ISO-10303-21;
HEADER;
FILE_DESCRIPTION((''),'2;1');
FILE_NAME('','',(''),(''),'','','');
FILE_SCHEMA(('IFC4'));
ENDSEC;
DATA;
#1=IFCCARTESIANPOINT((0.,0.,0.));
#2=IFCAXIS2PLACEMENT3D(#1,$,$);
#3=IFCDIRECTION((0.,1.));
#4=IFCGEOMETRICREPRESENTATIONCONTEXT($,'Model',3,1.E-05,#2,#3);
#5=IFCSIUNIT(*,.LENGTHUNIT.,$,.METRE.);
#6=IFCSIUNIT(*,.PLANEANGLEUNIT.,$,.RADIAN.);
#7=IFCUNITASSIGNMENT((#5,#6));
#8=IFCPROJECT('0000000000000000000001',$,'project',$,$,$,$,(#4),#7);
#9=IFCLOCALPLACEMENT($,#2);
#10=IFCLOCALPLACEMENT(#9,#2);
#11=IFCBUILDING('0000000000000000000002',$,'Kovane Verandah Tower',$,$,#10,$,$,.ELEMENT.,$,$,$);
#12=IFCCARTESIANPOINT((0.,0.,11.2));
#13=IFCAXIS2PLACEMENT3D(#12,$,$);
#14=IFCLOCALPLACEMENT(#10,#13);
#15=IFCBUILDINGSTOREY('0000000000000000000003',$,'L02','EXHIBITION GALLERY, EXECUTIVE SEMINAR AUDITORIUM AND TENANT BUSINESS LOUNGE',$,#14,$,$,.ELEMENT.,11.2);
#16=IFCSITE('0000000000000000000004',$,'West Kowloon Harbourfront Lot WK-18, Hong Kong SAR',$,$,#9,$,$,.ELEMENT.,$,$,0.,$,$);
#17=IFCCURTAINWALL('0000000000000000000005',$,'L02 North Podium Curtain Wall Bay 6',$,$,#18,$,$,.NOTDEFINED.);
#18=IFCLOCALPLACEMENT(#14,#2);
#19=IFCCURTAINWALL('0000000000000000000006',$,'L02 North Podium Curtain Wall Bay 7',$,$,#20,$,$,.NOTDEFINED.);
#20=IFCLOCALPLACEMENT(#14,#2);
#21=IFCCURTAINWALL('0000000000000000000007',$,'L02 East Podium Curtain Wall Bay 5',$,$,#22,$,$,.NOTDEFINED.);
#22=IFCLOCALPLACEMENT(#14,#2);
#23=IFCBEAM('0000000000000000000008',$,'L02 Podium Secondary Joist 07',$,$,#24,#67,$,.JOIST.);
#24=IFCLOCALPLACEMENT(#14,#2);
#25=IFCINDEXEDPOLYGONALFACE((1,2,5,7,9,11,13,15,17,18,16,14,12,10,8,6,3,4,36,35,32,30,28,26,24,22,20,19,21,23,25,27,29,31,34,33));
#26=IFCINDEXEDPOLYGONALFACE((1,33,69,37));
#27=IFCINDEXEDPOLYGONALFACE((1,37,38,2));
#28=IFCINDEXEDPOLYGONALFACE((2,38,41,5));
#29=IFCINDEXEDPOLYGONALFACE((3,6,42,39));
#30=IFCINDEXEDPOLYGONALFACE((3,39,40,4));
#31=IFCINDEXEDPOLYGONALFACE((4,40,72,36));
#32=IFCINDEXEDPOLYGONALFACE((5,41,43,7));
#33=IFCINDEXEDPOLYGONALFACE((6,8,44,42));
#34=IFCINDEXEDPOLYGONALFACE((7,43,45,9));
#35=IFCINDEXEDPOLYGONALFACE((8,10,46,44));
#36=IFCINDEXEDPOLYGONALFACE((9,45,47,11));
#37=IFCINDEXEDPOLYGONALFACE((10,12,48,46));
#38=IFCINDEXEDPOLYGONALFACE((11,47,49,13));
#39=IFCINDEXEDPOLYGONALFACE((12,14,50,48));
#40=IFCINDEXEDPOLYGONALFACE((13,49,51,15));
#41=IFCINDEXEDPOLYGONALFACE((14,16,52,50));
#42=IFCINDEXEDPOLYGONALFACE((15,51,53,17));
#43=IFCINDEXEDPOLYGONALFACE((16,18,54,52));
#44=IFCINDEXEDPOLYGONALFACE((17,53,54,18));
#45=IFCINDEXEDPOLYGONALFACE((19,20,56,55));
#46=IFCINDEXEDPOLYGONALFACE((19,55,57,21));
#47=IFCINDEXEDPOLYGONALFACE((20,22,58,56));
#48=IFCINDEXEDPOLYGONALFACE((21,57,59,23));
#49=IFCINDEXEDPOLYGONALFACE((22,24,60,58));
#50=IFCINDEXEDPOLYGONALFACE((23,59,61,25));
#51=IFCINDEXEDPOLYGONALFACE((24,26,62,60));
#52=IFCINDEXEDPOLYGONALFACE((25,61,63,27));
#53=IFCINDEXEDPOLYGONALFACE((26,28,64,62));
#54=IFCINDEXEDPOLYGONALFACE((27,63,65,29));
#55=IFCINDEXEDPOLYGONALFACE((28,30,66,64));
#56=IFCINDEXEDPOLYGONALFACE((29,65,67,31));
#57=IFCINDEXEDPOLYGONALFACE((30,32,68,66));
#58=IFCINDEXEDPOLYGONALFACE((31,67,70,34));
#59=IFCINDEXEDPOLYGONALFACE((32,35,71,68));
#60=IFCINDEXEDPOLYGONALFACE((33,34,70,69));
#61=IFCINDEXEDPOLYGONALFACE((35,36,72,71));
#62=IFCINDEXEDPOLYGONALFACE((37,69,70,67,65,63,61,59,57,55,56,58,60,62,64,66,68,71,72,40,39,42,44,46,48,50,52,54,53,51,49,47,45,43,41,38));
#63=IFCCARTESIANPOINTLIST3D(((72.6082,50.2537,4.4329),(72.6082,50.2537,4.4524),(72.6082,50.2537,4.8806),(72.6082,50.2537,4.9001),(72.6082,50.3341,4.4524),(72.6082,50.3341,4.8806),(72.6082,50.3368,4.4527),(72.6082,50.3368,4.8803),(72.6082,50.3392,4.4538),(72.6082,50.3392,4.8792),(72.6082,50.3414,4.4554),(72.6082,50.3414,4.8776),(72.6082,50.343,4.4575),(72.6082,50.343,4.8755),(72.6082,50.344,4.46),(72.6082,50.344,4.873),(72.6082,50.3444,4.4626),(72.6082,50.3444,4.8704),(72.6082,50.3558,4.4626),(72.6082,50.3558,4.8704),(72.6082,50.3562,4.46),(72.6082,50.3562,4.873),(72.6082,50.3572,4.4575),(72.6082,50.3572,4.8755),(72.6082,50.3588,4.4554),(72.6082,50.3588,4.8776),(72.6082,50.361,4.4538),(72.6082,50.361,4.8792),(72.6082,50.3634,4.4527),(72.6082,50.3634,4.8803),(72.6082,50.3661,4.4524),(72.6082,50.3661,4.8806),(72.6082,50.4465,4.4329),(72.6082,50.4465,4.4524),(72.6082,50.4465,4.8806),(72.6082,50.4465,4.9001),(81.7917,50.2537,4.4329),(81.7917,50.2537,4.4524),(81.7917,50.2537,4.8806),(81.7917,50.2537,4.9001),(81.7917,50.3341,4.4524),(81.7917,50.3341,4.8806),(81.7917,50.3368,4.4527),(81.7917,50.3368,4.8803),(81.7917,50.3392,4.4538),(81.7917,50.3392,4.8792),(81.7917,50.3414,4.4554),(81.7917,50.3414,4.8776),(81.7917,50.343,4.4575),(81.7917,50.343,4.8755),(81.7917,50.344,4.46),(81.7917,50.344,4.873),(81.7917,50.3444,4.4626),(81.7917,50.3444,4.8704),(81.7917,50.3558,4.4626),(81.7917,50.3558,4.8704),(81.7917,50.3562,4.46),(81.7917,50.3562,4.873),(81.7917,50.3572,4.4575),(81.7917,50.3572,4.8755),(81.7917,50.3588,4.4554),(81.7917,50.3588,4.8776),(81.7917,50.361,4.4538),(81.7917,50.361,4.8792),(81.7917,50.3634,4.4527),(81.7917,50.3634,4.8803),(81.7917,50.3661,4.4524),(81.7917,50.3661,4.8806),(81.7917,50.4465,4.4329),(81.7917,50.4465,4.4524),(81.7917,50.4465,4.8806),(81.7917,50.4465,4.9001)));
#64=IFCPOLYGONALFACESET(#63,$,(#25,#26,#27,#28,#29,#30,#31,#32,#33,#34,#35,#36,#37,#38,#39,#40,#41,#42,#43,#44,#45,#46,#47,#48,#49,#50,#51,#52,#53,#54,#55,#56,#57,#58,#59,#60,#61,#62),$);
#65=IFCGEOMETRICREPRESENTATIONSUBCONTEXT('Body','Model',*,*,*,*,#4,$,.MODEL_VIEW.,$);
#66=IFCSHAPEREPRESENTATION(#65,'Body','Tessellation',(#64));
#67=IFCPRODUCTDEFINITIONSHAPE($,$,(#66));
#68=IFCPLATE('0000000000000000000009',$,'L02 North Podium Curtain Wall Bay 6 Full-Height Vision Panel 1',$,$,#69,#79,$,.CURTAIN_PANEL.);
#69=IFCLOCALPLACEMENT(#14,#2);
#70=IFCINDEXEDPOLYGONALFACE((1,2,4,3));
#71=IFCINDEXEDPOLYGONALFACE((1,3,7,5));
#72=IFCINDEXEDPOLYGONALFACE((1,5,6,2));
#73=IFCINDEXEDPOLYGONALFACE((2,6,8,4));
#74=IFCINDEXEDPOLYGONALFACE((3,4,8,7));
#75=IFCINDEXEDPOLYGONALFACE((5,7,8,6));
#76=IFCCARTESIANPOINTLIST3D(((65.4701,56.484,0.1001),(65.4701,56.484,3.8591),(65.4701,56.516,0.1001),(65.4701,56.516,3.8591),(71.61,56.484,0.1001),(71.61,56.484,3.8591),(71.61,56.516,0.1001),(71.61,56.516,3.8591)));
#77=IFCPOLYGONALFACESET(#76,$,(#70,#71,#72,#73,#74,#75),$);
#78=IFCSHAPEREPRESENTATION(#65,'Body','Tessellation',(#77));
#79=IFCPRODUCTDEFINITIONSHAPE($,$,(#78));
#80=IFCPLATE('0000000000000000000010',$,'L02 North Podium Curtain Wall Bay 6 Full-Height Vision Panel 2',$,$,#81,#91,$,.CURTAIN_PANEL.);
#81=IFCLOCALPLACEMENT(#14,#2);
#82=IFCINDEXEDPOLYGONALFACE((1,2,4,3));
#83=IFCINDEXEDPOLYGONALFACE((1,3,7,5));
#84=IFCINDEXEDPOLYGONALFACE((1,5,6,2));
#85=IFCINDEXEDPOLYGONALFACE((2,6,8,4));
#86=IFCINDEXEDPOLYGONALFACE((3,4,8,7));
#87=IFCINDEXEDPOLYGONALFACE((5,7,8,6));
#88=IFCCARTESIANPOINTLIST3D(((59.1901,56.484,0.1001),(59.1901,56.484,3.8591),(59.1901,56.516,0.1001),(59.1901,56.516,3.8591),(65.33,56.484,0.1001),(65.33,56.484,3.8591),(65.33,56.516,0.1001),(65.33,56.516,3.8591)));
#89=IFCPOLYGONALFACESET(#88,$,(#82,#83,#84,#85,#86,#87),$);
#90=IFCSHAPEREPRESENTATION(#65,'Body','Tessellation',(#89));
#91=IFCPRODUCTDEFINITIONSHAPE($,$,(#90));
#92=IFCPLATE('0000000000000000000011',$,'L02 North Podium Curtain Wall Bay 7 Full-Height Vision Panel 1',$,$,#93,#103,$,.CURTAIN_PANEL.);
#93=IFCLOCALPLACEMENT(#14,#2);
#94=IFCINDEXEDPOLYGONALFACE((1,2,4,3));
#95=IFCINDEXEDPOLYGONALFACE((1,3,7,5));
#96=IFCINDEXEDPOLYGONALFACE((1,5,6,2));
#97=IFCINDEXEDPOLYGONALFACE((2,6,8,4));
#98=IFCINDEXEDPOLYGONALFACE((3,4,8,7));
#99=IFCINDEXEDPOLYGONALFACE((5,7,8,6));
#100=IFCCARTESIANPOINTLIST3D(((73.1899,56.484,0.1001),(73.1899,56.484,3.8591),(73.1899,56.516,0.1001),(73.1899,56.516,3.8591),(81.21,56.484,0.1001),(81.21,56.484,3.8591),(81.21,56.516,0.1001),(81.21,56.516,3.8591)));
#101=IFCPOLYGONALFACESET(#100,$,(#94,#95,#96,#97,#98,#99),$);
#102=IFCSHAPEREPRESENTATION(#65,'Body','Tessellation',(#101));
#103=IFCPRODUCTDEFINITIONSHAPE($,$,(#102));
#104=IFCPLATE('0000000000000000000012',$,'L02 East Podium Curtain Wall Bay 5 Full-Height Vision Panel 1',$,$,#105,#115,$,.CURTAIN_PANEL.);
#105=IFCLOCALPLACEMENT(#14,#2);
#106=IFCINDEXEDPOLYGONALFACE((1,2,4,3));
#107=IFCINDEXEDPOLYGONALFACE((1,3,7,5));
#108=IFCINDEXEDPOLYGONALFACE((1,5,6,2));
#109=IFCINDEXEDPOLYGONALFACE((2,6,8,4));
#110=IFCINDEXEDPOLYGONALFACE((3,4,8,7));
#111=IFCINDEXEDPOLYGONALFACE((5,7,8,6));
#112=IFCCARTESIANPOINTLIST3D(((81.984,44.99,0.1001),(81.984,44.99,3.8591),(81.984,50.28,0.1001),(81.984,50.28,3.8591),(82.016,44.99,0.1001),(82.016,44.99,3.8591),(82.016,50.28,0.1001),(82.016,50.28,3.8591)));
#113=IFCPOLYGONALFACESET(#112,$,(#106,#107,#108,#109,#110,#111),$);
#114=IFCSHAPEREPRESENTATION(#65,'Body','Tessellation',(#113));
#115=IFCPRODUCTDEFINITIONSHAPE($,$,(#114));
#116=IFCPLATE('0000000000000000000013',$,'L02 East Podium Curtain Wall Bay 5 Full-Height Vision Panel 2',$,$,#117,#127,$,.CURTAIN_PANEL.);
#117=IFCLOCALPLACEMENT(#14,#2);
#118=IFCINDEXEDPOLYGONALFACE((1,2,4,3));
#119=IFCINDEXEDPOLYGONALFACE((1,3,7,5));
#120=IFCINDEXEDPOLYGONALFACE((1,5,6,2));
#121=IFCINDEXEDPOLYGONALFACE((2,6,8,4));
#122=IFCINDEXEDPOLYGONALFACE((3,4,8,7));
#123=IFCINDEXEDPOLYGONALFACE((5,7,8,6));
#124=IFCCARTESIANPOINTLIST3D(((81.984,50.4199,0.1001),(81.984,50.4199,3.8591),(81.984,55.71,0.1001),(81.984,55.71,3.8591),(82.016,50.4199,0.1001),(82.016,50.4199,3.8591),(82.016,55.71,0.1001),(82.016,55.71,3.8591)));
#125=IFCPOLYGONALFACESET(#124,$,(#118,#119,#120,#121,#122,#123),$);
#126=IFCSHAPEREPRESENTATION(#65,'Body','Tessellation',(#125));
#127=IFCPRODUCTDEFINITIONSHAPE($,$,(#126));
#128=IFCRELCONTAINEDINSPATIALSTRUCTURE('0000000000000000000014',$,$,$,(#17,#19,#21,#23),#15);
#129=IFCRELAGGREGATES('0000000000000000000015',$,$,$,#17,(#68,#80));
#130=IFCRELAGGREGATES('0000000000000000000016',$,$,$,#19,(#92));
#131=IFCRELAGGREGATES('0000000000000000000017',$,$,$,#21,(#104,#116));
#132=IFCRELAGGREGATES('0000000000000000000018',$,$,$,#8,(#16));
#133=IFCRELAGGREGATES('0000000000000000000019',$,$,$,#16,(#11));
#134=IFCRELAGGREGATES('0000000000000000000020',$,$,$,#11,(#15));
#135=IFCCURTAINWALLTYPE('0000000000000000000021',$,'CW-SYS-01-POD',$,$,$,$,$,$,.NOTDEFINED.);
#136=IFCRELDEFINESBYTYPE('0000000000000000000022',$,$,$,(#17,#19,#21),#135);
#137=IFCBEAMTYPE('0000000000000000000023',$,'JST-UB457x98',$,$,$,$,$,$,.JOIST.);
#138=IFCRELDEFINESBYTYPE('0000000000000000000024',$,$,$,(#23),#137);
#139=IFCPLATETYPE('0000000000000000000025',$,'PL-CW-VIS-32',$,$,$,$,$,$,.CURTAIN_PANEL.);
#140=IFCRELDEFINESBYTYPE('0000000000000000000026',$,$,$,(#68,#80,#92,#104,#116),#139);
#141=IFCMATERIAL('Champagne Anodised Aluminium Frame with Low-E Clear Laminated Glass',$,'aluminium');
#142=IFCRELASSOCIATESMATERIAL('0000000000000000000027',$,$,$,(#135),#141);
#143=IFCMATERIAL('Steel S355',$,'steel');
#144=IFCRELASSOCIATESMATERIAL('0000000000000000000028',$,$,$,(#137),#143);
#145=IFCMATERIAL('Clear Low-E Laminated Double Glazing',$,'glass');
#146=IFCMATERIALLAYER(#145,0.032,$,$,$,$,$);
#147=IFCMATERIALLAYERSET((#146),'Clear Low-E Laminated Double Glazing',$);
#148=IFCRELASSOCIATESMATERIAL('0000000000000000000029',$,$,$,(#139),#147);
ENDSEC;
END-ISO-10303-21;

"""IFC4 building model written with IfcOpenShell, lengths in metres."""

from ifc_helpers import new_model, si_unit, direction, frame, origin, origin_2d, place, context, subcontext, project, spatial, rectangle, i_section, extrude, material, layer, layer_set, material_profile, profile_set, type_object, element, aggregate, save


model = new_model("IFC4")

# Units and contexts
model_context = context("Model", 3, precision=1e-05, world=origin(), true_north=direction((0.0, 1.0)))
body_context = subcontext(model_context, "Body", "Model", "MODEL_VIEW")
ifc_project = project(units=[si_unit("LENGTHUNIT", "METRE"), si_unit("PLANEANGLEUNIT", "RADIAN")], contexts=[model_context])

# Site, building, storey
site_placement = place(None, origin())
site = spatial("IfcSite", under=ifc_project, at=site_placement, Name="West Kowloon Harbourfront Lot WK-18, Hong Kong SAR", CompositionType="ELEMENT", RefElevation=0.0)
building_placement = place(site_placement, origin())
building = spatial("IfcBuilding", under=site, at=building_placement, Name="Kovane Verandah Tower", CompositionType="ELEMENT")
storey_placement = place(building_placement, frame((0.0, 0.0, 11.2)))
storey = spatial("IfcBuildingStorey", under=building, at=storey_placement, Name="L02", Description="EXHIBITION GALLERY, EXECUTIVE SEMINAR AUDITORIUM AND TENANT BUSINESS LOUNGE", CompositionType="ELEMENT", Elevation=11.2)

# Curtain walls
ifc_material_1 = material(Name="Champagne Anodised Aluminium Frame with Low-E Clear Laminated Glass", Category="aluminium")
curtain_wall_type = type_object("IfcCurtainWallType", Name="CW-SYS-01-POD", PredefinedType="NOTDEFINED", material=ifc_material_1)
curtain_wall_1_placement = place(storey_placement, origin())
curtain_wall_1 = element("IfcCurtainWall", 1, at=curtain_wall_1_placement, inside=storey, type_object=curtain_wall_type, Name="L02 North Podium Curtain Wall Bay 6", PredefinedType="NOTDEFINED")
curtain_wall_2_placement = place(storey_placement, origin())
curtain_wall_2 = element("IfcCurtainWall", 2, at=curtain_wall_2_placement, inside=storey, type_object=curtain_wall_type, Name="L02 North Podium Curtain Wall Bay 7", PredefinedType="NOTDEFINED")
curtain_wall_3_placement = place(storey_placement, origin())
curtain_wall_3 = element("IfcCurtainWall", 3, at=curtain_wall_3_placement, inside=storey, type_object=curtain_wall_type, Name="L02 East Podium Curtain Wall Bay 5", PredefinedType="NOTDEFINED")

# Beam
ifc_material_2 = material(Name="Steel S355", Category="steel")
ifc_material_profile_1 = material_profile(ifc_material_2, i_section(OverallWidth=0.1929, OverallDepth=0.4673, WebThickness=0.0115, FlangeThickness=0.0195, FilletRadius=0.0103, at=origin_2d()), Name="UB457x191x98")
ifc_profile_set_1 = profile_set([ifc_material_profile_1], Name="Steel S355")
beam_type_1 = type_object("IfcBeamType", Name="JST-UB457x98", PredefinedType="JOIST", material=ifc_profile_set_1)
beam_1_placement = place(storey_placement, frame((72.6082, 50.3501, 4.6665), z_axis=(1.0, 0.0, 0.0), x_axis=(0.0, 1.0, 0.0)))
element("IfcBeam", 4, at=beam_1_placement, inside=storey, type_object=beam_type_1, Name="L02 Podium Secondary Joist 07", PredefinedType="JOIST", context=body_context, shape_type="SweptSolid", body=[
    extrude(i_section(OverallWidth=0.1929, OverallDepth=0.4673, WebThickness=0.0115, FlangeThickness=0.0195, FilletRadius=0.0103, at=origin_2d()), origin(), (0.0, 0.0, 1.0), 9.1836),
])

# Plates
ifc_material_3 = material(Name="Clear Low-E Laminated Double Glazing", Category="glass")
ifc_layer = layer(ifc_material_3, 0.032)
ifc_layer_set = layer_set([ifc_layer], Name="Clear Low-E Laminated Double Glazing")
plate_type = type_object("IfcPlateType", Name="PL-CW-VIS-32", PredefinedType="CURTAIN_PANEL", material=ifc_layer_set)
plate_1_placement = place(storey_placement, frame((68.54, 56.5, 0.1001), z_axis=(0.0, 0.0, 1.0), x_axis=(-1.0, 0.0, 0.0)))
plate_1 = element("IfcPlate", 5, at=plate_1_placement, type_object=plate_type, Name="L02 North Podium Curtain Wall Bay 6 Full-Height Vision Panel 1", PredefinedType="CURTAIN_PANEL", context=body_context, shape_type="SweptSolid", body=[
    extrude(rectangle(XDim=6.1399, YDim=0.032, at=origin_2d()), origin(), (0.0, 0.0, 1.0), 3.759),
])
plate_2_placement = place(storey_placement, frame((62.26, 56.5, 0.1001), z_axis=(0.0, 0.0, 1.0), x_axis=(-1.0, 0.0, 0.0)))
plate_2 = element("IfcPlate", 6, at=plate_2_placement, type_object=plate_type, Name="L02 North Podium Curtain Wall Bay 6 Full-Height Vision Panel 2", PredefinedType="CURTAIN_PANEL", context=body_context, shape_type="SweptSolid", body=[
    extrude(rectangle(XDim=6.1399, YDim=0.032, at=origin_2d()), origin(), (0.0, 0.0, 1.0), 3.759),
])
aggregate(curtain_wall_1, [plate_1, plate_2])
plate_3_placement = place(storey_placement, frame((77.2, 56.5, 0.1001), z_axis=(0.0, 0.0, 1.0), x_axis=(-1.0, 0.0, 0.0)))
plate_3 = element("IfcPlate", 7, at=plate_3_placement, type_object=plate_type, Name="L02 North Podium Curtain Wall Bay 7 Full-Height Vision Panel 1", PredefinedType="CURTAIN_PANEL", context=body_context, shape_type="SweptSolid", body=[
    extrude(rectangle(XDim=8.02, YDim=0.032, at=origin_2d()), origin(), (0.0, 0.0, 1.0), 3.759),
])
aggregate(curtain_wall_2, [plate_3])
plate_4_placement = place(storey_placement, frame((82.0, 47.635, 0.1001), z_axis=(0.0, 0.0, 1.0), x_axis=(0.0, 1.0, 0.0)))
plate_4 = element("IfcPlate", 8, at=plate_4_placement, type_object=plate_type, Name="L02 East Podium Curtain Wall Bay 5 Full-Height Vision Panel 1", PredefinedType="CURTAIN_PANEL", context=body_context, shape_type="SweptSolid", body=[
    extrude(rectangle(XDim=5.29, YDim=0.032, at=origin_2d()), origin(), (0.0, 0.0, 1.0), 3.759),
])
plate_5_placement = place(storey_placement, frame((82.0, 53.0649, 0.1001), z_axis=(0.0, 0.0, 1.0), x_axis=(0.0, 1.0, 0.0)))
plate_5 = element("IfcPlate", 9, at=plate_5_placement, type_object=plate_type, Name="L02 East Podium Curtain Wall Bay 5 Full-Height Vision Panel 2", PredefinedType="CURTAIN_PANEL", context=body_context, shape_type="SweptSolid", body=[
    extrude(rectangle(XDim=5.29, YDim=0.032, at=origin_2d()), origin(), (0.0, 0.0, 1.0), 3.759),
])
aggregate(curtain_wall_3, [plate_4, plate_5])

save(model, "model.ifc")
